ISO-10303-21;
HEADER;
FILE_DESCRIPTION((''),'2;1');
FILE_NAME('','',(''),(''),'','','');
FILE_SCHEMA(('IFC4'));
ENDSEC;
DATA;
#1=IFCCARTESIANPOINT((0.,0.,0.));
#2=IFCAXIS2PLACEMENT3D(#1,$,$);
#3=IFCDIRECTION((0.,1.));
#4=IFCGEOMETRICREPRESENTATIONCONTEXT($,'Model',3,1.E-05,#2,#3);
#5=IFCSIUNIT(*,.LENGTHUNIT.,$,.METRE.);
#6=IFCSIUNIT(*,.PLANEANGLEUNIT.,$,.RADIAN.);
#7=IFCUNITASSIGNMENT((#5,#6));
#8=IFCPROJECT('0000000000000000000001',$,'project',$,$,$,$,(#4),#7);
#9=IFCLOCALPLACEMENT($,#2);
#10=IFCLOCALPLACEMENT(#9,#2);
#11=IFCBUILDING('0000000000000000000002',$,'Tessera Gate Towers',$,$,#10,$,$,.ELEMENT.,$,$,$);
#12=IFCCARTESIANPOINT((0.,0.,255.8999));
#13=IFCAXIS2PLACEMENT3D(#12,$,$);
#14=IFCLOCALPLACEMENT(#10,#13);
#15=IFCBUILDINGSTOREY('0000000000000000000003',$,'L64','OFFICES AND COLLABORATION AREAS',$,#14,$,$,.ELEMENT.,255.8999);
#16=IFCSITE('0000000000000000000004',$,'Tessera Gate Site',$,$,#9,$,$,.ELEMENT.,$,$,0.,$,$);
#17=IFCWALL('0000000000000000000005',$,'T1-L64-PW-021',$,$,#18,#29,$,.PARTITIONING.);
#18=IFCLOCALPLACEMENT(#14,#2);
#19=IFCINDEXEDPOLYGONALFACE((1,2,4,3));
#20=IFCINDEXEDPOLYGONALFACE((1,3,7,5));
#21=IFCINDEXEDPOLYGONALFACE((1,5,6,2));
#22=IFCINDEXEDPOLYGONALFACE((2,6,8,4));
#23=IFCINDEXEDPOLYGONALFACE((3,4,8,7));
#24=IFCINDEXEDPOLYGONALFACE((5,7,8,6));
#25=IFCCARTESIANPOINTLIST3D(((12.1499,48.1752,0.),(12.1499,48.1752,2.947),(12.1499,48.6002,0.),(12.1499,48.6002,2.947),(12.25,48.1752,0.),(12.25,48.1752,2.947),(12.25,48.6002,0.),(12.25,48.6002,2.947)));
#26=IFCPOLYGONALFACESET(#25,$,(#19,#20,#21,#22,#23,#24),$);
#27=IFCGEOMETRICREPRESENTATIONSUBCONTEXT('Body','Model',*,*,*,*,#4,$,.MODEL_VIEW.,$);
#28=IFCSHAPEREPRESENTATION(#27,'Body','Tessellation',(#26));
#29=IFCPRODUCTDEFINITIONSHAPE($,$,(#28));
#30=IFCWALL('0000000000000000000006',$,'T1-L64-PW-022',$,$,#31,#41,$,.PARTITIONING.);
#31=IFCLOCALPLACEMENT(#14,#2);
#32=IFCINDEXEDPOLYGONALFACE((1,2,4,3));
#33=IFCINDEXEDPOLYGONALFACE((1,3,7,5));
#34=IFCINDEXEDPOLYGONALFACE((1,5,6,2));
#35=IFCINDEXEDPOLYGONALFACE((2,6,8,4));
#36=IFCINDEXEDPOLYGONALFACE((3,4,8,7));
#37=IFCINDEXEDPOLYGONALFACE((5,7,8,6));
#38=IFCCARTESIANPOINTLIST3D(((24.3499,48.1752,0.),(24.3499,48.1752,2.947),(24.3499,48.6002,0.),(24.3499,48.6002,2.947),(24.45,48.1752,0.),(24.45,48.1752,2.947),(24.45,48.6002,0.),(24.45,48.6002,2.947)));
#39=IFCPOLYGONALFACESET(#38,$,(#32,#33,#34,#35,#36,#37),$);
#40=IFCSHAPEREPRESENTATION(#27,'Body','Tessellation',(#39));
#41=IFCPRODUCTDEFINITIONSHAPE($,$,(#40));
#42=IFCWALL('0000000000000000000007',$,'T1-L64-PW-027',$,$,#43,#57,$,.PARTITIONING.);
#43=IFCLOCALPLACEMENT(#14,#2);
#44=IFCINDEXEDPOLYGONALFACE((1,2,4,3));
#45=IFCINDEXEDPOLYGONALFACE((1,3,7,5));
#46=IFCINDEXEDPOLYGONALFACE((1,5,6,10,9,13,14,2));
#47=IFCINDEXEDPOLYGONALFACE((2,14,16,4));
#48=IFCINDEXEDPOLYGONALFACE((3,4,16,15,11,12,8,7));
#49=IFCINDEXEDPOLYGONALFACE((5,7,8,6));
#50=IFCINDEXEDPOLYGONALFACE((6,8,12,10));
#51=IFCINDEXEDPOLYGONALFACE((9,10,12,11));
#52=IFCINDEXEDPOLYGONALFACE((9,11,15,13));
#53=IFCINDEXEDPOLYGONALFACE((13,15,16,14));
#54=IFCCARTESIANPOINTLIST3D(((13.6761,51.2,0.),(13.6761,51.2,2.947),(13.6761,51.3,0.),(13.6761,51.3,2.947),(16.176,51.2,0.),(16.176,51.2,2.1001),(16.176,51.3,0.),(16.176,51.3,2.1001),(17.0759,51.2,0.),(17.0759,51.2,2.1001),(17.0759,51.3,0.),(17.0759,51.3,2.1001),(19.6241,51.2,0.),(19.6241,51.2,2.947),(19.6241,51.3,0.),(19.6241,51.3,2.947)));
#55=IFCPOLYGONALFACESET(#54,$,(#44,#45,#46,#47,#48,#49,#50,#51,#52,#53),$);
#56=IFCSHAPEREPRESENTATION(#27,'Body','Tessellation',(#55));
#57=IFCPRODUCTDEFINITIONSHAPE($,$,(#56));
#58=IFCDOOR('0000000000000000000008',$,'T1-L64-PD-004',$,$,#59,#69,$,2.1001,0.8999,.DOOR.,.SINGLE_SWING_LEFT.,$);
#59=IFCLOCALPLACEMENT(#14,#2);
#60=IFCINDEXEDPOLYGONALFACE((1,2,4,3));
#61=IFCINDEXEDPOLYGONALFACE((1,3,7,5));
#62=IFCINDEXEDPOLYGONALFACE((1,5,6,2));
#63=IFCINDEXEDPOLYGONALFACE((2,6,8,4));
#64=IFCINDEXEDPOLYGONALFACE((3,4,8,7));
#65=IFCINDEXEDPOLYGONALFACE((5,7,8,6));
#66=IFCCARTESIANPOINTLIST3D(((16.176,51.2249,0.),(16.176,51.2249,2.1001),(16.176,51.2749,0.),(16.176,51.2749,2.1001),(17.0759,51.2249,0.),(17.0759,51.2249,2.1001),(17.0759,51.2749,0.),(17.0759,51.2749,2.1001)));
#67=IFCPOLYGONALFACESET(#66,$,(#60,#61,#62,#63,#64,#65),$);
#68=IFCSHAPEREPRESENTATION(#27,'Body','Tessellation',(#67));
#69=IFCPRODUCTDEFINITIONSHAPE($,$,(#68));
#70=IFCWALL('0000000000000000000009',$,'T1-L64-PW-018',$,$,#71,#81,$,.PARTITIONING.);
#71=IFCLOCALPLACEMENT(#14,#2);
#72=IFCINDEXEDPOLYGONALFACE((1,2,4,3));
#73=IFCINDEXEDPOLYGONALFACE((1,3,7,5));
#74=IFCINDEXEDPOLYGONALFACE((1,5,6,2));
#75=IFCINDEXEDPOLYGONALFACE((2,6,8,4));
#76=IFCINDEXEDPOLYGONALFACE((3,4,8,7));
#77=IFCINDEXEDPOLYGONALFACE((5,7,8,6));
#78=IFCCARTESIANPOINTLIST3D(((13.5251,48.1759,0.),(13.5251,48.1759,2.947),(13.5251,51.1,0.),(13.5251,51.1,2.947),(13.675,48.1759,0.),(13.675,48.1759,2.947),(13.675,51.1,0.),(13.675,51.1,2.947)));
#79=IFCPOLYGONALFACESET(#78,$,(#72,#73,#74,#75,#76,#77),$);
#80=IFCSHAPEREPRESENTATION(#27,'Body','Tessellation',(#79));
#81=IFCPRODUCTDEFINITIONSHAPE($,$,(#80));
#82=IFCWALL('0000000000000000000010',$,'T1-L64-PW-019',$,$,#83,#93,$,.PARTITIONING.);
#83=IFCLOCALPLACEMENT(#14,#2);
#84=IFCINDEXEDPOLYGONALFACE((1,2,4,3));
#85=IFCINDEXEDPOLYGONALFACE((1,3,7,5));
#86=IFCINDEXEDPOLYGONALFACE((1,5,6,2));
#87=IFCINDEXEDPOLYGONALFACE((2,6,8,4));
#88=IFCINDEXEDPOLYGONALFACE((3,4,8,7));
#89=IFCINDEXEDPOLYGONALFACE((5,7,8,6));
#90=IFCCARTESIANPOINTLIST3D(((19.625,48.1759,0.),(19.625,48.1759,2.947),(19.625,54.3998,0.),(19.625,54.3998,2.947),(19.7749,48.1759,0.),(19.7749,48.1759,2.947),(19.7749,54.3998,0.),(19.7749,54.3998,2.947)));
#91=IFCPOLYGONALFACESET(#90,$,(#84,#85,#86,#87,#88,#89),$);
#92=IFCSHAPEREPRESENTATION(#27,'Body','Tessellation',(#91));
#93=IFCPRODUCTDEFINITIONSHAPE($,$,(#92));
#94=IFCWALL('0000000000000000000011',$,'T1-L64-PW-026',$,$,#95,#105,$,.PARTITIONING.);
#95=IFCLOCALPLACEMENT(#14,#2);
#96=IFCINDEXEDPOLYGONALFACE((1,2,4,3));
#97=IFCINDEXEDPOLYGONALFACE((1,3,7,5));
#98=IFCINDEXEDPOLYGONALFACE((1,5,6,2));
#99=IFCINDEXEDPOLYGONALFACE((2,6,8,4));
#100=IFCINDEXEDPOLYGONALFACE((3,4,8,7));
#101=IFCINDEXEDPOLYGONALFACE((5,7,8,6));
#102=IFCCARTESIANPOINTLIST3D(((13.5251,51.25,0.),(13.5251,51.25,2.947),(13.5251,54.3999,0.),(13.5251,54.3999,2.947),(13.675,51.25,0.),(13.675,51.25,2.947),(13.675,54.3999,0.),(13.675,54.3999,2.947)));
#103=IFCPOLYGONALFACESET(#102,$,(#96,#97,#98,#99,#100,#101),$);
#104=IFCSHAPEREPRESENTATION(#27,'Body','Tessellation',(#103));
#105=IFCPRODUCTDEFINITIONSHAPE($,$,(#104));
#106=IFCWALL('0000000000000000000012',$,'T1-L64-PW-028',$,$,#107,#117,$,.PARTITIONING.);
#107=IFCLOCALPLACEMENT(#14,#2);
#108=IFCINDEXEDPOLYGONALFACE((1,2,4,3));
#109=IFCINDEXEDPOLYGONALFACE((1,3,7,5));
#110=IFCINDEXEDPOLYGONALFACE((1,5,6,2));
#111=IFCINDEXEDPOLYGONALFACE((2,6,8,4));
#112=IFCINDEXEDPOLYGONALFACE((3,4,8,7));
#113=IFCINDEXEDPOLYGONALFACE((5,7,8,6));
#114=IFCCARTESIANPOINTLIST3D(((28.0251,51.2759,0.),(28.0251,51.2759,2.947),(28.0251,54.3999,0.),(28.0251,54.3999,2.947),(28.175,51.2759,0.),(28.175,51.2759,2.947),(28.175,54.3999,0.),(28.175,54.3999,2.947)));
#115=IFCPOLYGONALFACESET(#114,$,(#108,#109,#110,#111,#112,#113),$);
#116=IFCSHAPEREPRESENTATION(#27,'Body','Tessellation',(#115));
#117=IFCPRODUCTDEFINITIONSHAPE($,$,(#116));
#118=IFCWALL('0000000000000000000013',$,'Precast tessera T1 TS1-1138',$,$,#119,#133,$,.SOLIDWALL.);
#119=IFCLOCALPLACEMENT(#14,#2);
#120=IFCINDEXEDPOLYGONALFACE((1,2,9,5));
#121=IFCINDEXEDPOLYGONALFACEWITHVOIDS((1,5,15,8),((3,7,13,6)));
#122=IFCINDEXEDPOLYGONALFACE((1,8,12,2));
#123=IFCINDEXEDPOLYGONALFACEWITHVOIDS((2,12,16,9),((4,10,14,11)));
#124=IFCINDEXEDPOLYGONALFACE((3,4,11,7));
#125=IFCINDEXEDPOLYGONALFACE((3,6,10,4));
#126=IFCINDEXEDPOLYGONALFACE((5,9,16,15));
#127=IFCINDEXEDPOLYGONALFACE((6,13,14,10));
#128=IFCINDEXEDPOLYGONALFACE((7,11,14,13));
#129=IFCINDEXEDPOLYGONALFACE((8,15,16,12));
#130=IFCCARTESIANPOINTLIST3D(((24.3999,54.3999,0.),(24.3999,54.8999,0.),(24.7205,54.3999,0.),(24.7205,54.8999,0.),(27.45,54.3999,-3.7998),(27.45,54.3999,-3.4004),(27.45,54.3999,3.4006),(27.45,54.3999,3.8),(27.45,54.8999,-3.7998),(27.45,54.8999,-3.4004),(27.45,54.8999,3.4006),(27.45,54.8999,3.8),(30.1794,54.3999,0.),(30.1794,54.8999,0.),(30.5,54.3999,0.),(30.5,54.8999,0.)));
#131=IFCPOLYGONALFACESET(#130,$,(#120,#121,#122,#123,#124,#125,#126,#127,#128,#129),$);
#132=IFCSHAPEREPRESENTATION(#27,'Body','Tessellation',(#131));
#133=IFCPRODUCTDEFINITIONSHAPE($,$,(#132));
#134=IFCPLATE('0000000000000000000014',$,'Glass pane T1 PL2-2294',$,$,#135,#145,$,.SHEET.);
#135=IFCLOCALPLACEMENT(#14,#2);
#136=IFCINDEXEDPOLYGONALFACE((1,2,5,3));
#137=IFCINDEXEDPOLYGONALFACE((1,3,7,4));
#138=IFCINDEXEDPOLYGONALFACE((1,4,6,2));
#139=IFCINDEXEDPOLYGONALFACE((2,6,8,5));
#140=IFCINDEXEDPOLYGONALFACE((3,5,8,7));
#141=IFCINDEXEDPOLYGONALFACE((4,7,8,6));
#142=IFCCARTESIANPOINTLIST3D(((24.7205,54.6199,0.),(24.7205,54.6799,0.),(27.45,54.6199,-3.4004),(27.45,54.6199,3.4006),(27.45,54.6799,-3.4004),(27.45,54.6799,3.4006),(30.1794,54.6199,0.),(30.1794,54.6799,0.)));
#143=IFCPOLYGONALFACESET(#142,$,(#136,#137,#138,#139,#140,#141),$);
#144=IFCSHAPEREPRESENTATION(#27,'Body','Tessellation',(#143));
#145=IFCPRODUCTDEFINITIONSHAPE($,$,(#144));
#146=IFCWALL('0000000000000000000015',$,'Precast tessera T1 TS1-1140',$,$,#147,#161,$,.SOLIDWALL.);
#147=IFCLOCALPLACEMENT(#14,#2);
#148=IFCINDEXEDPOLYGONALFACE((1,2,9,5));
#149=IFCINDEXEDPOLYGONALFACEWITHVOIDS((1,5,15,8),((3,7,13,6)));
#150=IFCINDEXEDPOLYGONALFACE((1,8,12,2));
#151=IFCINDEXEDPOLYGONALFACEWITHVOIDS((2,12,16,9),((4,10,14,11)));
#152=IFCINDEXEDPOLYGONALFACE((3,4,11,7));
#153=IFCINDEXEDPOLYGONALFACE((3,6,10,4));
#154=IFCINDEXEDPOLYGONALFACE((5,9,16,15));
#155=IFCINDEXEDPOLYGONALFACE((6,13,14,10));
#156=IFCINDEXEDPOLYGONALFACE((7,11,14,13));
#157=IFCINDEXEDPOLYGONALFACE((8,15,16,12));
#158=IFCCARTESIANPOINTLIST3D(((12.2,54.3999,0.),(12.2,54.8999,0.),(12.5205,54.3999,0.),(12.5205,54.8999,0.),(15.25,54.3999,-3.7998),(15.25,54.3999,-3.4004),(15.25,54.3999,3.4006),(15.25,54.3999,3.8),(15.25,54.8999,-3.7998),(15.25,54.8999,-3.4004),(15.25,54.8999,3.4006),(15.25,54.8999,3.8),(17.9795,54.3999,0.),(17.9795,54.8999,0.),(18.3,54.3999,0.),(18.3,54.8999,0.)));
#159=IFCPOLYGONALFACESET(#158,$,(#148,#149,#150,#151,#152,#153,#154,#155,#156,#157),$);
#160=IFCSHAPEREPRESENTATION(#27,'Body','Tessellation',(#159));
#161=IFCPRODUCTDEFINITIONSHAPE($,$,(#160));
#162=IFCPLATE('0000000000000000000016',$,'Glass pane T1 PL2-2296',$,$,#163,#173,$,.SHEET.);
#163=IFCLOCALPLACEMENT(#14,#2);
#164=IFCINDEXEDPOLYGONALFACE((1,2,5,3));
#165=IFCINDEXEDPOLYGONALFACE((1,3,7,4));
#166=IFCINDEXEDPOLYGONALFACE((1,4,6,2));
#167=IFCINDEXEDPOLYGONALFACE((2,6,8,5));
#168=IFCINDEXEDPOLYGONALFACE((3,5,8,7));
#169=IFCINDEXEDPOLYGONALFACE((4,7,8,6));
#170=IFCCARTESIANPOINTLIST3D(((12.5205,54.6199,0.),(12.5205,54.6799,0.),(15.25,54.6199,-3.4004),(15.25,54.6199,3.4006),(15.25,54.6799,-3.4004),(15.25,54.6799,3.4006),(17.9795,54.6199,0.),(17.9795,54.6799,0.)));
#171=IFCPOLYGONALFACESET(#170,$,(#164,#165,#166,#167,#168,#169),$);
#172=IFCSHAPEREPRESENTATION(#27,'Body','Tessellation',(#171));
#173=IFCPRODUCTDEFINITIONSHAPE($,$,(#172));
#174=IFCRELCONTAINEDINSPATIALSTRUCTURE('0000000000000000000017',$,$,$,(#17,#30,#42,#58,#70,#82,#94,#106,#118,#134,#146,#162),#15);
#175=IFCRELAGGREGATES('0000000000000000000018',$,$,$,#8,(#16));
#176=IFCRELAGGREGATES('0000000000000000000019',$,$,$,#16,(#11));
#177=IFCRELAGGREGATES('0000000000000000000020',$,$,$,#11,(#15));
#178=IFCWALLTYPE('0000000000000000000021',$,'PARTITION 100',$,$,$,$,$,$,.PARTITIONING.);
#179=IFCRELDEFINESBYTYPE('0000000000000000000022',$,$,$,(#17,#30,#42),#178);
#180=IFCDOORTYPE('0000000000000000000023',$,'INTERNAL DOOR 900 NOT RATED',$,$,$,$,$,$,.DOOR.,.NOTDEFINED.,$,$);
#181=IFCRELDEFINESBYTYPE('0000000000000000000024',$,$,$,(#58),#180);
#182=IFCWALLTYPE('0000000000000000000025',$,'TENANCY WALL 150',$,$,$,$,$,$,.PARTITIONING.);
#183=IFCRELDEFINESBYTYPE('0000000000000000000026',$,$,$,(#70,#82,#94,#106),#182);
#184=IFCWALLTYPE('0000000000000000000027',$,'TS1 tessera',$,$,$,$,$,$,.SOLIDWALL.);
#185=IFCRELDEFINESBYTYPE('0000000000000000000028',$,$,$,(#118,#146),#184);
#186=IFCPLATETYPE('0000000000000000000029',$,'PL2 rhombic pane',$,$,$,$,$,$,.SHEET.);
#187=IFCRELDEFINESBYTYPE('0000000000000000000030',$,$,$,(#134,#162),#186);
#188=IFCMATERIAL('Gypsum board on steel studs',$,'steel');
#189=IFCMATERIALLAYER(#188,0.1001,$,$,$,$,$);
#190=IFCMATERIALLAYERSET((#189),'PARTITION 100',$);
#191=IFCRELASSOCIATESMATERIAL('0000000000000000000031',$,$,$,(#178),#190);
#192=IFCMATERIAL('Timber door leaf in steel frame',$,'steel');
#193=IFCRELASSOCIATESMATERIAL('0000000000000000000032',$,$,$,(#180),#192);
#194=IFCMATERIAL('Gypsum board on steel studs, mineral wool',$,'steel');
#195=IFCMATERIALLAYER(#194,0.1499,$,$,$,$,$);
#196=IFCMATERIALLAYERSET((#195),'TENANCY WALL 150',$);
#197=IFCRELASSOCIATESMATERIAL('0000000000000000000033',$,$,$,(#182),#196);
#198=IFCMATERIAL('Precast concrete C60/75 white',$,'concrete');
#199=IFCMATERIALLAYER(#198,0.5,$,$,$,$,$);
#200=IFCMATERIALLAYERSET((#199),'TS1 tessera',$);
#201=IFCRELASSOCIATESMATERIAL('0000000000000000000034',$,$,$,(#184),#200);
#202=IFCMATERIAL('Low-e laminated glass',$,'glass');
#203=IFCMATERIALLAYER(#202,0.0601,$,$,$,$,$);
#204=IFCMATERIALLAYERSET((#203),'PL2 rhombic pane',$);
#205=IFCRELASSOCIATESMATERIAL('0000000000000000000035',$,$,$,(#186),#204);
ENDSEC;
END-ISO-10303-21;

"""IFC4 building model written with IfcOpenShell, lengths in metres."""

from ifc_helpers import new_model, si_unit, direction, frame, frame_2d, origin, place, context, subcontext, project, spatial, polyline, rectangle, outline, extrude, source, transform, mapped, material, layer, layer_set, type_object, element, fill, save


model = new_model("IFC4")

# Units and contexts
model_context = context("Model", 3, precision=1e-05, world=origin(), true_north=direction((0.0, 1.0)))
body_context = subcontext(model_context, "Body", "Model", "MODEL_VIEW")
ifc_project = project(units=[si_unit("LENGTHUNIT", "METRE"), si_unit("PLANEANGLEUNIT", "RADIAN")], contexts=[model_context])

# Site, building, storey
site_placement = place(None, origin())
site = spatial("IfcSite", under=ifc_project, at=site_placement, Name="Tessera Gate Site", CompositionType="ELEMENT", RefElevation=0.0)
building_placement = place(site_placement, origin())
building = spatial("IfcBuilding", under=site, at=building_placement, Name="Tessera Gate Towers", CompositionType="ELEMENT")
storey_placement = place(building_placement, frame((0.0, 0.0, 255.8999)))
storey = spatial("IfcBuildingStorey", under=building, at=storey_placement, Name="L64", Description="OFFICES AND COLLABORATION AREAS", CompositionType="ELEMENT", Elevation=255.8999)

# Shared definitions
shared_shape_1 = source(origin(), body_context, "Body", "SweptSolid", [
    extrude(rectangle(XDim=0.8999, YDim=2.1001, at=frame_2d((0.45, 1.05))), frame((0.0, 0.0249, 0.0), z_axis=(0.0, -1.0, 0.0), x_axis=(1.0, 0.0, 0.0)), (0.0, 0.0, 1.0), 0.05),
])

# Walls
ifc_material_1 = material(Name="Gypsum board on steel studs", Category="steel")
ifc_layer_1 = layer(ifc_material_1, 0.1001)
ifc_layer_set_1 = layer_set([ifc_layer_1], Name="PARTITION 100")
wall_type_1 = type_object("IfcWallType", Name="PARTITION 100", PredefinedType="PARTITIONING", material=ifc_layer_set_1)
for number, where, z_axis, x_axis, name in (
    (1, (12.2, 48.6001, 0.0), (0.0, 0.0, 1.0), (0.0, -1.0, 0.0), "T1-L64-PW-021"),
    (2, (24.3999, 48.6001, 0.0), (0.0, 0.0, 1.0), (0.0, -1.0, 0.0), "T1-L64-PW-022"),
):
    element("IfcWall", number, at=place(storey_placement, frame(where, z_axis=z_axis, x_axis=x_axis)), inside=storey, type_object=wall_type_1, Name=name, PredefinedType="PARTITIONING", context=body_context, shape_type="SweptSolid", body=[
        extrude(rectangle(XDim=0.425, YDim=0.1001, at=frame_2d((0.2124, 0.0))), origin(), (0.0, 0.0, 1.0), 2.947),
    ])

# Wall, opening, door
wall_1_placement = place(storey_placement, frame((13.676, 51.25, 0.0), z_axis=(0.0, 0.0, 1.0), x_axis=(1.0, 0.0, 0.0)))
wall_1 = element("IfcWall", 3, at=wall_1_placement, inside=storey, type_object=wall_type_1, Name="T1-L64-PW-027", PredefinedType="PARTITIONING", context=body_context, shape_type="SweptSolid", body=[
    extrude(rectangle(XDim=5.948, YDim=0.1001, at=frame_2d((2.9741, 0.0))), origin(), (0.0, 0.0, 1.0), 2.947),
])
shared_shape_2 = source(origin(), body_context, "Body", "SweptSolid", [
    extrude(rectangle(XDim=0.8999, YDim=2.1001, at=frame_2d((0.45, 1.05))), frame((0.0, 0.0601, 0.0), z_axis=(0.0, -1.0, 0.0), x_axis=(1.0, 0.0, 0.0)), (0.0, 0.0, 1.0), 0.1201),
])
opening_1_placement = place(wall_1_placement, frame((2.5, 0.0, 0.0)))
opening_1 = element("IfcOpeningElement", 4, at=opening_1_placement, cuts=wall_1, PredefinedType="OPENING", context=body_context, shape_type="MappedRepresentation", body=[
    mapped(shared_shape_2, transform((0.0, 0.0, 0.0), scale=1.0)),
])
ifc_material_2 = material(Name="Timber door leaf in steel frame", Category="steel")
door_type_1 = type_object("IfcDoorType", Name="INTERNAL DOOR 900 NOT RATED", OperationType="NOTDEFINED", PredefinedType="DOOR", material=ifc_material_2)
door_1_placement = place(opening_1_placement, origin())
door_1 = element("IfcDoor", 5, at=door_1_placement, inside=storey, type_object=door_type_1, Name="T1-L64-PD-004", OperationType="SINGLE_SWING_LEFT", OverallHeight=2.1001, OverallWidth=0.8999, PredefinedType="DOOR", context=body_context, shape_type="MappedRepresentation", body=[
    mapped(shared_shape_1, transform((0.0, 0.0, 0.0), scale=1.0)),
])
fill(opening_1, door_1)

# Walls
ifc_material_3 = material(Name="Gypsum board on steel studs, mineral wool", Category="steel")
ifc_layer_2 = layer(ifc_material_3, 0.1499)
ifc_layer_set_2 = layer_set([ifc_layer_2], Name="TENANCY WALL 150")
wall_type_2 = type_object("IfcWallType", Name="TENANCY WALL 150", PredefinedType="PARTITIONING", material=ifc_layer_set_2)
wall_2_placement = place(storey_placement, frame((13.6001, 48.176, 0.0), z_axis=(0.0, 0.0, 1.0), x_axis=(0.0, 1.0, 0.0)))
element("IfcWall", 6, at=wall_2_placement, inside=storey, type_object=wall_type_2, Name="T1-L64-PW-018", PredefinedType="PARTITIONING", context=body_context, shape_type="SweptSolid", body=[
    extrude(rectangle(XDim=2.9241, YDim=0.1499, at=frame_2d((1.4619, 0.0))), origin(), (0.0, 0.0, 1.0), 2.947),
])
wall_3_placement = place(storey_placement, frame((19.7, 48.176, 0.0), z_axis=(0.0, 0.0, 1.0), x_axis=(0.0, 1.0, 0.0)))
element("IfcWall", 7, at=wall_3_placement, inside=storey, type_object=wall_type_2, Name="T1-L64-PW-019", PredefinedType="PARTITIONING", context=body_context, shape_type="SweptSolid", body=[
    extrude(rectangle(XDim=6.2239, YDim=0.1499, at=frame_2d((3.1118, 0.0))), origin(), (0.0, 0.0, 1.0), 2.947),
])
wall_4_placement = place(storey_placement, frame((13.6001, 51.25, 0.0), z_axis=(0.0, 0.0, 1.0), x_axis=(0.0, 1.0, 0.0)))
element("IfcWall", 8, at=wall_4_placement, inside=storey, type_object=wall_type_2, Name="T1-L64-PW-026", PredefinedType="PARTITIONING", context=body_context, shape_type="SweptSolid", body=[
    extrude(rectangle(XDim=3.1499, YDim=0.1499, at=frame_2d((1.575, 0.0))), origin(), (0.0, 0.0, 1.0), 2.947),
])
wall_5_placement = place(storey_placement, frame((28.1001, 51.2759, 0.0), z_axis=(0.0, 0.0, 1.0), x_axis=(0.0, 1.0, 0.0)))
element("IfcWall", 9, at=wall_5_placement, inside=storey, type_object=wall_type_2, Name="T1-L64-PW-028", PredefinedType="PARTITIONING", context=body_context, shape_type="SweptSolid", body=[
    extrude(rectangle(XDim=3.124, YDim=0.1499, at=frame_2d((1.562, 0.0))), origin(), (0.0, 0.0, 1.0), 2.947),
])

# Walls, openings, plates
ifc_material_4 = material(Name="Precast concrete C60/75 white", Category="concrete")
ifc_layer_3 = layer(ifc_material_4, 0.5)
ifc_layer_set_3 = layer_set([ifc_layer_3], Name="TS1 tessera")
wall_type_3 = type_object("IfcWallType", Name="TS1 tessera", PredefinedType="SOLIDWALL", material=ifc_layer_set_3)
shared_shape_3 = source(origin(), body_context, "Body", "SweptSolid", [
    extrude(outline(polyline([(3.05, 0.0), (6.1001, 3.7998), (3.05, 7.5999), (0.0, 3.7998), (3.05, 0.0)])), frame((0.0, 0.25, 0.0), z_axis=(0.0, -1.0, 0.0), x_axis=(1.0, 0.0, 0.0)), (0.0, 0.0, 1.0), 0.5),
])
wall_6_placement = place(storey_placement, frame((30.5, 54.6499, -3.7998), z_axis=(0.0, 0.0, 1.0), x_axis=(-1.0, 0.0, 0.0)))
wall_6 = element("IfcWall", 10, at=wall_6_placement, inside=storey, type_object=wall_type_3, Name="Precast tessera T1 TS1-1138", PredefinedType="SOLIDWALL", context=body_context, shape_type="MappedRepresentation", body=[
    mapped(shared_shape_3, transform((0.0, 0.0, 0.0), scale=1.0)),
])
shared_shape_4 = source(origin(), body_context, "Body", "SweptSolid", [
    extrude(outline(polyline([(3.05, 0.3994), (5.7795, 3.7998), (3.05, 7.2004), (0.3206, 3.7998), (3.05, 0.3994)])), frame((0.0, 0.26, 0.0), z_axis=(0.0, -1.0, 0.0), x_axis=(1.0, 0.0, 0.0)), (0.0, 0.0, 1.0), 0.52),
])
opening_2_placement = place(wall_6_placement, origin())
opening_2 = element("IfcOpeningElement", 11, at=opening_2_placement, cuts=wall_6, PredefinedType="OPENING", context=body_context, shape_type="MappedRepresentation", body=[
    mapped(shared_shape_4, transform((0.0, 0.0, 0.0), scale=1.0)),
])
ifc_material_5 = material(Name="Low-e laminated glass", Category="glass")
ifc_layer_4 = layer(ifc_material_5, 0.0601)
ifc_layer_set_4 = layer_set([ifc_layer_4], Name="PL2 rhombic pane")
plate_type_1 = type_object("IfcPlateType", Name="PL2 rhombic pane", PredefinedType="SHEET", material=ifc_layer_set_4)
shared_shape_5 = source(origin(), body_context, "Body", "SweptSolid", [
    extrude(outline(polyline([(3.05, 0.3994), (5.7795, 3.7998), (3.05, 7.2004), (0.3206, 3.7998), (3.05, 0.3994)])), frame((0.0, 0.03, 0.0), z_axis=(0.0, -1.0, 0.0), x_axis=(1.0, 0.0, 0.0)), (0.0, 0.0, 1.0), 0.0601),
])
plate_1_placement = place(opening_2_placement, origin())
plate_1 = element("IfcPlate", 12, at=plate_1_placement, inside=storey, type_object=plate_type_1, Name="Glass pane T1 PL2-2294", PredefinedType="SHEET", context=body_context, shape_type="MappedRepresentation", body=[
    mapped(shared_shape_5, transform((0.0, 0.0, 0.0), scale=1.0)),
])
fill(opening_2, plate_1)
wall_7_placement = place(storey_placement, frame((18.3, 54.6499, -3.7998), z_axis=(0.0, 0.0, 1.0), x_axis=(-1.0, 0.0, 0.0)))
wall_7 = element("IfcWall", 13, at=wall_7_placement, inside=storey, type_object=wall_type_3, Name="Precast tessera T1 TS1-1140", PredefinedType="SOLIDWALL", context=body_context, shape_type="MappedRepresentation", body=[
    mapped(shared_shape_3, transform((0.0, 0.0, 0.0), scale=1.0)),
])
opening_3_placement = place(wall_7_placement, origin())
opening_3 = element("IfcOpeningElement", 14, at=opening_3_placement, cuts=wall_7, PredefinedType="OPENING", context=body_context, shape_type="MappedRepresentation", body=[
    mapped(shared_shape_4, transform((0.0, 0.0, 0.0), scale=1.0)),
])
plate_2_placement = place(opening_3_placement, origin())
plate_2 = element("IfcPlate", 15, at=plate_2_placement, inside=storey, type_object=plate_type_1, Name="Glass pane T1 PL2-2296", PredefinedType="SHEET", context=body_context, shape_type="MappedRepresentation", body=[
    mapped(shared_shape_5, transform((0.0, 0.0, 0.0), scale=1.0)),
])
fill(opening_3, plate_2)

save(model, "model.ifc")
